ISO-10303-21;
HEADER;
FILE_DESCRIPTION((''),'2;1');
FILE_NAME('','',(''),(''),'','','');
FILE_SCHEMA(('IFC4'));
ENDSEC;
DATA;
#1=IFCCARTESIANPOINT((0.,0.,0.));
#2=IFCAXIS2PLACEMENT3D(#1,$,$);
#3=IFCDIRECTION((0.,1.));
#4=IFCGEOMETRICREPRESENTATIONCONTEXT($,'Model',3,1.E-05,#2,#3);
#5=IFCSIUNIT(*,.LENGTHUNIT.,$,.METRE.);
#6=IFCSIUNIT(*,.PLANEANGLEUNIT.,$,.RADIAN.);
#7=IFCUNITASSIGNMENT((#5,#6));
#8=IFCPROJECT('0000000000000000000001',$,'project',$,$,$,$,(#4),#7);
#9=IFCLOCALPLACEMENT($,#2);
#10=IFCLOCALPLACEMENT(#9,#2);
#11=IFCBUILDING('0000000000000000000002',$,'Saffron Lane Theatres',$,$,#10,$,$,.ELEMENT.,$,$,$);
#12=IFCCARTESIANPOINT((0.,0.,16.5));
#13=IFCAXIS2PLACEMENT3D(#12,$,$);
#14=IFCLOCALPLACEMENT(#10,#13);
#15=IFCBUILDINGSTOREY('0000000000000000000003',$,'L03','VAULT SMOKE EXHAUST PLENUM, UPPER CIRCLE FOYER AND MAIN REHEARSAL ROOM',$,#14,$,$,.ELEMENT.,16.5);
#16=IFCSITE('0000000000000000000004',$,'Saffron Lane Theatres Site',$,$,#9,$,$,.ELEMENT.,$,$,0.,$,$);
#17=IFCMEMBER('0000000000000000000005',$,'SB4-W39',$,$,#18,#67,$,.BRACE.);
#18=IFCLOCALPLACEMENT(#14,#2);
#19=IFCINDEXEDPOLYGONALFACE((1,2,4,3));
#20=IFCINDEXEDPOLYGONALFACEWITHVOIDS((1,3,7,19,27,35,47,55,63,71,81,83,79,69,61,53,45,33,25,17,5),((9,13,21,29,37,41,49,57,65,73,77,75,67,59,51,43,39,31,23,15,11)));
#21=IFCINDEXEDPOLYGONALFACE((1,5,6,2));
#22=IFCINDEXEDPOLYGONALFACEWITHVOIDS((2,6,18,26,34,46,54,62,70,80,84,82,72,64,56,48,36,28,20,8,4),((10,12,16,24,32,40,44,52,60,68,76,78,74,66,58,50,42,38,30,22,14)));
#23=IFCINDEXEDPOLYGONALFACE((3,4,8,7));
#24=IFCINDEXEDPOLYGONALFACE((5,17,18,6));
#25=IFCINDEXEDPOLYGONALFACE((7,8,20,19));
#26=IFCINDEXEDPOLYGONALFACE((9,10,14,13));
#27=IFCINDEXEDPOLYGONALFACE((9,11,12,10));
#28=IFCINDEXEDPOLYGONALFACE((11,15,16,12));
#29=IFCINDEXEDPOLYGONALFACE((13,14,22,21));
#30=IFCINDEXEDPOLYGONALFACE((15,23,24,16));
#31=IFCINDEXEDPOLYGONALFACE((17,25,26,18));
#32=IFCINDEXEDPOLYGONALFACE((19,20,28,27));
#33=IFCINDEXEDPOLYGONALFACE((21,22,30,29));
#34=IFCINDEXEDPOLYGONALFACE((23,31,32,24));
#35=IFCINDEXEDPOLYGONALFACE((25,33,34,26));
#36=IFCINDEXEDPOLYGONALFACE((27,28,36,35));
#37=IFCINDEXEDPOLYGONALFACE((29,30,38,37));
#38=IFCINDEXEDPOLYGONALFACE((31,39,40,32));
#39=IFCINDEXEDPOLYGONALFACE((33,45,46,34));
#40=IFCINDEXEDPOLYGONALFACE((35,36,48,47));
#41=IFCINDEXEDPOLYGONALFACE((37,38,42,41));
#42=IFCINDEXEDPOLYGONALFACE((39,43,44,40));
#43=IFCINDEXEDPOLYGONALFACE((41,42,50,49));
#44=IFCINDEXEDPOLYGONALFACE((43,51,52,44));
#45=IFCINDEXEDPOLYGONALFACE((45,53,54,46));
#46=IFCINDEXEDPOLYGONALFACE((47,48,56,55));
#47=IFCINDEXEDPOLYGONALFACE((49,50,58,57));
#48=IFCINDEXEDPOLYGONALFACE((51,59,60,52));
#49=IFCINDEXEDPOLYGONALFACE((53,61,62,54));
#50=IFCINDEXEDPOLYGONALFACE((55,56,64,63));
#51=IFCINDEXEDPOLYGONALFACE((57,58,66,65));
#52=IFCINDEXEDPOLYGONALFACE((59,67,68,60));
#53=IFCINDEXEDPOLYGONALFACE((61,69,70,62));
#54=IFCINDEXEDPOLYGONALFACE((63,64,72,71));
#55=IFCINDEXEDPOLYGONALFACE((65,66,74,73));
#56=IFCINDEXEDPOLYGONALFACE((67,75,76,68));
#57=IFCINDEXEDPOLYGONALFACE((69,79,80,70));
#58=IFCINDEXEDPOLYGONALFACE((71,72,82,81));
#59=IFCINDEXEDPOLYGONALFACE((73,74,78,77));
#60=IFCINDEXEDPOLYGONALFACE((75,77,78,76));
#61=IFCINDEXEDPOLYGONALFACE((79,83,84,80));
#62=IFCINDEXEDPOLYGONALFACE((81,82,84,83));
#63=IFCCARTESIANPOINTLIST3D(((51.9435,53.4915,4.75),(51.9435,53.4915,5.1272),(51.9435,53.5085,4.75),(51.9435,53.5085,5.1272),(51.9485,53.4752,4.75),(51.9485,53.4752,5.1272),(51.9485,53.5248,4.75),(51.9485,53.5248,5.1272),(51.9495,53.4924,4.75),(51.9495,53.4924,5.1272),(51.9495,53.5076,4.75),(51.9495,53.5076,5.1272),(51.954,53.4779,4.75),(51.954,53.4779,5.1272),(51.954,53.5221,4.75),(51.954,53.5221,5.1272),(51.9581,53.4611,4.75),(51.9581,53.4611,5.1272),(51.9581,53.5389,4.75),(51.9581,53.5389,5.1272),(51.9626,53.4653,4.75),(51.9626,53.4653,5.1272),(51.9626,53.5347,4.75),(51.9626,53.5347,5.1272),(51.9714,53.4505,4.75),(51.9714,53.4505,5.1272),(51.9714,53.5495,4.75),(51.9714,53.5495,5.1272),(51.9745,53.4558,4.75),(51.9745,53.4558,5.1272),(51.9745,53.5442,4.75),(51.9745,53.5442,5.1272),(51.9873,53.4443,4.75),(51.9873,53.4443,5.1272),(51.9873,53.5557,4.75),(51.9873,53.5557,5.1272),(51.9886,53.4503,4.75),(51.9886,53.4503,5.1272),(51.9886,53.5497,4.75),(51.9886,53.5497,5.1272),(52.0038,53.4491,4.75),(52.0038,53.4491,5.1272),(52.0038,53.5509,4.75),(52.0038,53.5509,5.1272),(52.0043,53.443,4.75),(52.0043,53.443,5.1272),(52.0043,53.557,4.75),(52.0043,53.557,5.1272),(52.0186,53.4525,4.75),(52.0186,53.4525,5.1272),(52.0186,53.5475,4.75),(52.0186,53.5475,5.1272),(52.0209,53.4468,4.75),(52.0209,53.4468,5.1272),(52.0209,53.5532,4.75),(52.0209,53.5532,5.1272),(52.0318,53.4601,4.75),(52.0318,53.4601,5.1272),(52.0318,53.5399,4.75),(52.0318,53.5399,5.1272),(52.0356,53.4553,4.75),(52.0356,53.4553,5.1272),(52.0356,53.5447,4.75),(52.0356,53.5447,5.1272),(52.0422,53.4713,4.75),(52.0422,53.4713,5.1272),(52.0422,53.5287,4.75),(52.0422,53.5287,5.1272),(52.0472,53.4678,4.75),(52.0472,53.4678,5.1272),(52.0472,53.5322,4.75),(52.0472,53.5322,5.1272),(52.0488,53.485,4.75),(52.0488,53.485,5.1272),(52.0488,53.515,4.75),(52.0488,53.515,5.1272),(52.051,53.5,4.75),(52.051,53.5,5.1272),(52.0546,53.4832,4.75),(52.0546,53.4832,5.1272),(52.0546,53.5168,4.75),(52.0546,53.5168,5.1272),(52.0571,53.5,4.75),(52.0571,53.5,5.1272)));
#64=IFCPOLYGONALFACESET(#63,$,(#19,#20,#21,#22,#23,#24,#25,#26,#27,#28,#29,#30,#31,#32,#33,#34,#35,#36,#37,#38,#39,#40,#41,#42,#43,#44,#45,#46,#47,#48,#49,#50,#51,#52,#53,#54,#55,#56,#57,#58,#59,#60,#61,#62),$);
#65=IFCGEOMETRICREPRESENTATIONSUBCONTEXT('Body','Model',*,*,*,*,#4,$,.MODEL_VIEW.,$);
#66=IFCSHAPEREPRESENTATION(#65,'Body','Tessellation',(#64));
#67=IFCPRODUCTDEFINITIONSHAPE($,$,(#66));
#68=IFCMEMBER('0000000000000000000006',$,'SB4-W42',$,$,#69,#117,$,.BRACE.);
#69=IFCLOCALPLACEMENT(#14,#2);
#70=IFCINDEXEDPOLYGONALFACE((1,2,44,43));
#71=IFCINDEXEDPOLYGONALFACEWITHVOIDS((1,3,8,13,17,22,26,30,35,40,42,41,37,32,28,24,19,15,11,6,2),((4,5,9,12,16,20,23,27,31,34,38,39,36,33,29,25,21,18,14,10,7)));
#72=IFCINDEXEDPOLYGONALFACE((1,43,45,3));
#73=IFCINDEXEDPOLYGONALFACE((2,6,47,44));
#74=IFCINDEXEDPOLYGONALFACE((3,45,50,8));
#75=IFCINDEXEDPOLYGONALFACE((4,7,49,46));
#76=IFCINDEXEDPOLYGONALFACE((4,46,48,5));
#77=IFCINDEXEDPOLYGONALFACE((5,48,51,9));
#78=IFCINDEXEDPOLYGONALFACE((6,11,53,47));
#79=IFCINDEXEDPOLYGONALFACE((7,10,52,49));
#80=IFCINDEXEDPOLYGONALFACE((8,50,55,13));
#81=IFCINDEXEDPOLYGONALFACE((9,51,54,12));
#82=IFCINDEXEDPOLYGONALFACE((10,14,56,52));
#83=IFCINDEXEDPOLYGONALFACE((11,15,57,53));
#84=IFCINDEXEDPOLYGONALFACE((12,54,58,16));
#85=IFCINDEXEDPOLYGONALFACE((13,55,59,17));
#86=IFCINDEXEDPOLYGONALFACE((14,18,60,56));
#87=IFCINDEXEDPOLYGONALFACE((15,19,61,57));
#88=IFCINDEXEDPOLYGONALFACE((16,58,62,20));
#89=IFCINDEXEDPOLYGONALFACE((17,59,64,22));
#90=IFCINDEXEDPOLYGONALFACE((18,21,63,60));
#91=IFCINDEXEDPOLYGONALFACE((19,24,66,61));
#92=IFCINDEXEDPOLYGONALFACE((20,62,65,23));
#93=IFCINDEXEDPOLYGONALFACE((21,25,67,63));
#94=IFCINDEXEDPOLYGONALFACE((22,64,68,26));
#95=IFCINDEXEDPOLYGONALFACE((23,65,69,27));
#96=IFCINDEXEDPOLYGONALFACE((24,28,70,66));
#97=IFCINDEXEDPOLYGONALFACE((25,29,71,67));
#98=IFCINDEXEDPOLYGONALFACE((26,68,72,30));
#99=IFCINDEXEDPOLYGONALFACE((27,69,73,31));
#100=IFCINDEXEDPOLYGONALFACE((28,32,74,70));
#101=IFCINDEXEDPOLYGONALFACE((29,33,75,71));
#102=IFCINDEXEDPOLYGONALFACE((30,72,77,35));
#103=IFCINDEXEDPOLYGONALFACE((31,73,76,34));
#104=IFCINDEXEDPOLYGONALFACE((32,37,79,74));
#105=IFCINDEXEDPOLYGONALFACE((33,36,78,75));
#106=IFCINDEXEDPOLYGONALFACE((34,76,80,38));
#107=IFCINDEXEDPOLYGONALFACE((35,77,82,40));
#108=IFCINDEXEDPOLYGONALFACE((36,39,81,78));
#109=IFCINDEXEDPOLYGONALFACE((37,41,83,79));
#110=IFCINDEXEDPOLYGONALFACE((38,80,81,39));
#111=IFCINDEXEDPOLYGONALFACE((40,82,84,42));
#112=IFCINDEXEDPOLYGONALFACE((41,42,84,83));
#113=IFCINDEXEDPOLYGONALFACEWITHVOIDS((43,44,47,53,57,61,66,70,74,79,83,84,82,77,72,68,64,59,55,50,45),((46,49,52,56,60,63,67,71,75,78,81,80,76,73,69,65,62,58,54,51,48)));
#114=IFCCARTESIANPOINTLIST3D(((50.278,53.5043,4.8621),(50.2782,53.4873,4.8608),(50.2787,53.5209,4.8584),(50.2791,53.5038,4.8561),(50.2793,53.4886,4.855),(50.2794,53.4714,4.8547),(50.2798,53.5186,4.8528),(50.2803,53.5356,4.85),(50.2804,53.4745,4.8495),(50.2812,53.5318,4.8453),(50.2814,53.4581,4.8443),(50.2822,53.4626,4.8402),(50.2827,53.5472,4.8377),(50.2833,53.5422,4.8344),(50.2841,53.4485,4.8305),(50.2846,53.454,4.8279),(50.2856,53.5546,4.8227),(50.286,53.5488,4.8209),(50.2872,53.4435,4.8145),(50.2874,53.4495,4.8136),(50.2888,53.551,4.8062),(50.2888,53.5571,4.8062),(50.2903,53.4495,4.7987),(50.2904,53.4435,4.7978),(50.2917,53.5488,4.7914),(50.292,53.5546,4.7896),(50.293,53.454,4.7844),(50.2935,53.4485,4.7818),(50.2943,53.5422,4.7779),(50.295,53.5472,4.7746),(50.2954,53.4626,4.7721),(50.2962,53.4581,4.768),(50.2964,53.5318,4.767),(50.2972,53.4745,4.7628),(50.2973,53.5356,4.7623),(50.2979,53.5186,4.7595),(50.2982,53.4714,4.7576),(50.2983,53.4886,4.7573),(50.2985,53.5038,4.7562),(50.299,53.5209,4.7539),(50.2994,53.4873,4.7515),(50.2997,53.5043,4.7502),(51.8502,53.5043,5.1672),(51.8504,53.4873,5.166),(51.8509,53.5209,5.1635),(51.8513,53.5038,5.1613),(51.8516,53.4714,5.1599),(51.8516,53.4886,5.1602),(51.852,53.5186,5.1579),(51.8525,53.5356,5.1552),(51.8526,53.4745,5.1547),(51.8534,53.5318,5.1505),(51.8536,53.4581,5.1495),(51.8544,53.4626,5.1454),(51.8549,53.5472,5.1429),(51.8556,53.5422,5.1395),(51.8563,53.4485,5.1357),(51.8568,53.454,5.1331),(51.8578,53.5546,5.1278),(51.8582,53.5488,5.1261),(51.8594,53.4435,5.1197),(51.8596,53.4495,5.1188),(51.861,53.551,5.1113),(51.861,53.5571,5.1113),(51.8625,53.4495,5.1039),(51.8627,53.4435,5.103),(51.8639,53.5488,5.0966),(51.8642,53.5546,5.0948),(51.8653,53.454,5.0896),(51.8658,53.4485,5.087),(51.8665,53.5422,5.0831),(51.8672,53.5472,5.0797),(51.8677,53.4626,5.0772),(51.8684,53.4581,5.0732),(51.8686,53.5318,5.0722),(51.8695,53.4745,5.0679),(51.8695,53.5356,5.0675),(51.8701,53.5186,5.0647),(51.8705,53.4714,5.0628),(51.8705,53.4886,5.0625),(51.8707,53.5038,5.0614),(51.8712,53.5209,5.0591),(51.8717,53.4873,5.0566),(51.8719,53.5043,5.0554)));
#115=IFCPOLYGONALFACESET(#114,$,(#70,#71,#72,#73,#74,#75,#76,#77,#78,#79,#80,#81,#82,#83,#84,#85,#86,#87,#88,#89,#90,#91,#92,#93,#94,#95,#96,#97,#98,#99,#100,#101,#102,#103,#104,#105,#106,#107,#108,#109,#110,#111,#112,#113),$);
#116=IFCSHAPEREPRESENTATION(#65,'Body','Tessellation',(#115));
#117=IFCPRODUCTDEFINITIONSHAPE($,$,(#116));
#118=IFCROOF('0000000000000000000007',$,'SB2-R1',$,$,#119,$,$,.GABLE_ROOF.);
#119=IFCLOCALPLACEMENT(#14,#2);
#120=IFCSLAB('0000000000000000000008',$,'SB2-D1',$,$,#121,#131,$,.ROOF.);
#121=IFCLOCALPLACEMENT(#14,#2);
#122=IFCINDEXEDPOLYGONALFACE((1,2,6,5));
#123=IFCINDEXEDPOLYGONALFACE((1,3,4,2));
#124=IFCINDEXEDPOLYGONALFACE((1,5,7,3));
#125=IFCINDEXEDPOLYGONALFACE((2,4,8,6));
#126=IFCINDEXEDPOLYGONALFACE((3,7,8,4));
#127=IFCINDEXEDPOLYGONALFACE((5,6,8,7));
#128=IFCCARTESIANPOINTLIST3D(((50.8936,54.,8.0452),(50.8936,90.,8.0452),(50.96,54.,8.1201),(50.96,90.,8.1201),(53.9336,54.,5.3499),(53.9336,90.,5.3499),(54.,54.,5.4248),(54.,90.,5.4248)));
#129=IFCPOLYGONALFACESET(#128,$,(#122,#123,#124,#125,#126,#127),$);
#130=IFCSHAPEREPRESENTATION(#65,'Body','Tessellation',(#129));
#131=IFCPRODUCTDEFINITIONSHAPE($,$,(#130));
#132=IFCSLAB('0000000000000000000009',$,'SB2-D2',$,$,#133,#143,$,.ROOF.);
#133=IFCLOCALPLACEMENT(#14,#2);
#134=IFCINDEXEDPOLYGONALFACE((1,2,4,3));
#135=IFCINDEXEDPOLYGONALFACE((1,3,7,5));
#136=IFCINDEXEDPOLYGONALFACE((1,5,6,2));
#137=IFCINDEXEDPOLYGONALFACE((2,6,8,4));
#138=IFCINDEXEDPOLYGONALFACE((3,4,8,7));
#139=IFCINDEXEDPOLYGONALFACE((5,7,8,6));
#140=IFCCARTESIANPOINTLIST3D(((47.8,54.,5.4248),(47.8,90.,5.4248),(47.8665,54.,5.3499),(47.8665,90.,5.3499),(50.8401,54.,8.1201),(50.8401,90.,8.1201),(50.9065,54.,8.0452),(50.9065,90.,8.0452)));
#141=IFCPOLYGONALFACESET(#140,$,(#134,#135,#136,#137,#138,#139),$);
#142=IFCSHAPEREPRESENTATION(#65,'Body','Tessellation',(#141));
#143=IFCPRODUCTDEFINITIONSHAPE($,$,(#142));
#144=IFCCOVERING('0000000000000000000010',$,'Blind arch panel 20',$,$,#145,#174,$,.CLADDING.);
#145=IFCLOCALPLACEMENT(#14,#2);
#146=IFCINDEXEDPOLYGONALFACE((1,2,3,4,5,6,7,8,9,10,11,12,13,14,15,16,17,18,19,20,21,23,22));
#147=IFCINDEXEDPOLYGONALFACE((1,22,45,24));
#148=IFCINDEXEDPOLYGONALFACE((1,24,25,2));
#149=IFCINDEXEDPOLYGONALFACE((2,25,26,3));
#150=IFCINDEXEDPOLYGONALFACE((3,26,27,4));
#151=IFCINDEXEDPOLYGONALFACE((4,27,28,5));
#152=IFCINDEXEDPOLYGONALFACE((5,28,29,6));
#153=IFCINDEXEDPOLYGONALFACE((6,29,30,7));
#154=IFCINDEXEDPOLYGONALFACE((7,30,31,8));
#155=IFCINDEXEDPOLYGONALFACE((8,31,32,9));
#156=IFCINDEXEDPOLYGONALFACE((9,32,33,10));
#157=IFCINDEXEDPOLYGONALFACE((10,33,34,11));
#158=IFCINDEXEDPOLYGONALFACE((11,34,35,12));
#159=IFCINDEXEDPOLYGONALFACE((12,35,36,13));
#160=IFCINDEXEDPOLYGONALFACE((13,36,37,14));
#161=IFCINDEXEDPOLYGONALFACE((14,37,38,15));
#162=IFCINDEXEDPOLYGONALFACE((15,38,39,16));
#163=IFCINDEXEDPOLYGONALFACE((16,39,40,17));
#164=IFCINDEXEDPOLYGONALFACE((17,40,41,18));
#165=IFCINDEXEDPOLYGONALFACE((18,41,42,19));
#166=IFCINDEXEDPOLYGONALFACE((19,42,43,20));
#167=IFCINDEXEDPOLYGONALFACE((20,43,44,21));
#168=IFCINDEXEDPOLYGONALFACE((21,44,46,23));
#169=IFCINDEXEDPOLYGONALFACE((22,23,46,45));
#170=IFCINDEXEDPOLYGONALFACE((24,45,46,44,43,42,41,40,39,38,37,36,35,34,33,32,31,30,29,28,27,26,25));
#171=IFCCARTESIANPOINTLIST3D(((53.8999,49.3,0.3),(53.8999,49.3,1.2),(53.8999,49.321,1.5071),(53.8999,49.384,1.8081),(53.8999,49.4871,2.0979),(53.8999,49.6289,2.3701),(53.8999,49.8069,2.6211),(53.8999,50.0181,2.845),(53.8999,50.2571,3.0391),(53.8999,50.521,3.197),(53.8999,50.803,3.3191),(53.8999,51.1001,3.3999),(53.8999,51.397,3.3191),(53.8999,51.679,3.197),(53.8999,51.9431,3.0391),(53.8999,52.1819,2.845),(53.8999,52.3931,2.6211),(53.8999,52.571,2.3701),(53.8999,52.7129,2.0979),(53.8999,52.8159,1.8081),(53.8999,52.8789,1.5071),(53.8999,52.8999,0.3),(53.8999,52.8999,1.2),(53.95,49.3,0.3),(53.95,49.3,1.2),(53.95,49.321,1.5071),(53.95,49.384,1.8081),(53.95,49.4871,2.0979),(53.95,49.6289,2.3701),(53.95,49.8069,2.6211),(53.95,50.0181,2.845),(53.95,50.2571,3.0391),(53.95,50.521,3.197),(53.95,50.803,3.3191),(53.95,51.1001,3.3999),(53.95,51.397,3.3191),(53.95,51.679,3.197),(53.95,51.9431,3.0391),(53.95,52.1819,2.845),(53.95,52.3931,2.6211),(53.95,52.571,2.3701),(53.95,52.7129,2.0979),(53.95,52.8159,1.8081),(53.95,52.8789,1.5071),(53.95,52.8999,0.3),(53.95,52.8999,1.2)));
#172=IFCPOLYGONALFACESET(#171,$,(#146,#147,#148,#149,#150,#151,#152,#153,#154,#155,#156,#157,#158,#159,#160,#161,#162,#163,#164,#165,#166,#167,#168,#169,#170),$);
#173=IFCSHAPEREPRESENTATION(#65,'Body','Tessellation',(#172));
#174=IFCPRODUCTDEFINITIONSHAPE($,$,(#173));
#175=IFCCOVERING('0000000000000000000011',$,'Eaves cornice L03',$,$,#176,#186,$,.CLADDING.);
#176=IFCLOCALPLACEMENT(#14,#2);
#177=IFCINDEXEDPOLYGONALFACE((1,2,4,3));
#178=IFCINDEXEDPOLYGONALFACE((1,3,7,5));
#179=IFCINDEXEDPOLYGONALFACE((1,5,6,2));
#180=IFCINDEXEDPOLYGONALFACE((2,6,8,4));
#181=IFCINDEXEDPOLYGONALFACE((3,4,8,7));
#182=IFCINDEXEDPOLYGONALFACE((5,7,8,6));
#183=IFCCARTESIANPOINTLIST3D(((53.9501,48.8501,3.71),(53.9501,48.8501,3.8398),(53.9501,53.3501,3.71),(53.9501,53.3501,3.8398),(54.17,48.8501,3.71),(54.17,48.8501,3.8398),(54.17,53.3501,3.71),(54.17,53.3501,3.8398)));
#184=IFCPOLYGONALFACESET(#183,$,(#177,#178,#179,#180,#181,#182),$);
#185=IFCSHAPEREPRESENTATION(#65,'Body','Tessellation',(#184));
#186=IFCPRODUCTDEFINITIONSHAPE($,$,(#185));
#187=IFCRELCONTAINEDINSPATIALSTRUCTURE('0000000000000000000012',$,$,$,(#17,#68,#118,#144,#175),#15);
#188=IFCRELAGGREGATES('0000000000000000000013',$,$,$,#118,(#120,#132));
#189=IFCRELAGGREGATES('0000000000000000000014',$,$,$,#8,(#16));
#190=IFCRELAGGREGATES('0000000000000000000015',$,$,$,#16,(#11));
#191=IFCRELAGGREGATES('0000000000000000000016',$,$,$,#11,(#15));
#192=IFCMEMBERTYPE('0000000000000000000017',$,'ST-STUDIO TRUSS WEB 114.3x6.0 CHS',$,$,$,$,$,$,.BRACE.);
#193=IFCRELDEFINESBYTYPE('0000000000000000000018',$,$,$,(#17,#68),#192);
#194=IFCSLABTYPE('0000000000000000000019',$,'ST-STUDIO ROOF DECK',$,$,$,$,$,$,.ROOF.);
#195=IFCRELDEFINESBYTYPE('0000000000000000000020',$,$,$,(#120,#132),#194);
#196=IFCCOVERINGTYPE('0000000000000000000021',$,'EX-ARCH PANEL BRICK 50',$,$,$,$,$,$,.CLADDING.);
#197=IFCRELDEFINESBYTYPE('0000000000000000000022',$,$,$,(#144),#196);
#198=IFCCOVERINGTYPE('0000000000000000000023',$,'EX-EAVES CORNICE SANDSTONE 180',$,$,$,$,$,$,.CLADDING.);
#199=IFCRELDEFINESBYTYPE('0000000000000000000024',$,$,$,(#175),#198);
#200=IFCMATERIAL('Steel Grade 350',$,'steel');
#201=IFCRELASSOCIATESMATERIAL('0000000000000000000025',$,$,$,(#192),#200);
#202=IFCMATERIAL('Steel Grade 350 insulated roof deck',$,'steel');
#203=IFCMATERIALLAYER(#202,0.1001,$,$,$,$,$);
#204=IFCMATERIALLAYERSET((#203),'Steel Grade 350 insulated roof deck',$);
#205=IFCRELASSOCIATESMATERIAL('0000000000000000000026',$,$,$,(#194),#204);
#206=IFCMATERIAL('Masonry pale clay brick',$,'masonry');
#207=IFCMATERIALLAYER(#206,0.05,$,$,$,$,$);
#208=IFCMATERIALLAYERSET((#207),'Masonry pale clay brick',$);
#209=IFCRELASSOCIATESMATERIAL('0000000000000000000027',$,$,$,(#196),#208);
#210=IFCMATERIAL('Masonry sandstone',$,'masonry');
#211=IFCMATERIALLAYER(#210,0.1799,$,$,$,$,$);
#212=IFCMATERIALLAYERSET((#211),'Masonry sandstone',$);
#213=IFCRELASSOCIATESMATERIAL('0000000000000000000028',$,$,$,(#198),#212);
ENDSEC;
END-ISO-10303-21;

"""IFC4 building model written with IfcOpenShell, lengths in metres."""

from ifc_helpers import new_model, si_unit, direction, frame, origin, origin_2d, place, context, subcontext, project, spatial, polyline, rectangle, hollow_circle, outline, extrude, material, layer, layer_set, material_profile, profile_set, type_object, element, aggregate, save


model = new_model("IFC4")

# Units and contexts
model_context = context("Model", 3, precision=1e-05, world=origin(), true_north=direction((0.0, 1.0)))
body_context = subcontext(model_context, "Body", "Model", "MODEL_VIEW")
ifc_project = project(units=[si_unit("LENGTHUNIT", "METRE"), si_unit("PLANEANGLEUNIT", "RADIAN")], contexts=[model_context])

# Site, building, storey
site_placement = place(None, origin())
site = spatial("IfcSite", under=ifc_project, at=site_placement, Name="Saffron Lane Theatres Site", CompositionType="ELEMENT", RefElevation=0.0)
building_placement = place(site_placement, origin())
building = spatial("IfcBuilding", under=site, at=building_placement, Name="Saffron Lane Theatres", CompositionType="ELEMENT")
storey_placement = place(building_placement, frame((0.0, 0.0, 16.5)))
storey = spatial("IfcBuildingStorey", under=building, at=storey_placement, Name="L03", Description="VAULT SMOKE EXHAUST PLENUM, UPPER CIRCLE FOYER AND MAIN REHEARSAL ROOM", CompositionType="ELEMENT", Elevation=16.5)

# Members
ifc_material_1 = material(Name="Steel Grade 350", Category="steel")
ifc_material_profile_1 = material_profile(ifc_material_1, hollow_circle(Radius=0.0571, WallThickness=0.0061, at=origin_2d()))
ifc_profile_set_1 = profile_set([ifc_material_profile_1], Name="Steel Grade 350")
member_type_1 = type_object("IfcMemberType", Name="ST-STUDIO TRUSS WEB 114.3x6.0 CHS", PredefinedType="BRACE", material=ifc_profile_set_1)
for number, where, z_axis, x_axis, name in (
    (1, (52.0, 53.5, 4.75), (0.0, 0.0, 1.0), (1.0, 0.0, 0.0), "SB4-W39"),
):
    element("IfcMember", number, at=place(storey_placement, frame(where, z_axis=z_axis, x_axis=x_axis)), inside=storey, type_object=member_type_1, Name=name, PredefinedType="BRACE", context=body_context, shape_type="SweptSolid", body=[
        extrude(hollow_circle(Radius=0.0571, WallThickness=0.0061, at=origin_2d()), origin(), (0.0, 0.0, 1.0), 0.3772),
    ])
member_1_placement = place(storey_placement, frame((50.2888, 53.5, 4.8062), z_axis=(0.981679, 0.0, 0.190543), x_axis=(0.0, 1.0, 0.0)))
element("IfcMember", 2, at=member_1_placement, inside=storey, type_object=member_type_1, Name="SB4-W42", PredefinedType="BRACE", context=body_context, shape_type="SweptSolid", body=[
    extrude(hollow_circle(Radius=0.0571, WallThickness=0.0061, at=origin_2d()), origin(), (0.0, 0.0, 1.0), 1.6016),
])

# Roof, slabs
roof_placement = place(storey_placement, origin())
roof = element("IfcRoof", 3, at=roof_placement, inside=storey, Name="SB2-R1", PredefinedType="GABLE_ROOF")
ifc_material_2 = material(Name="Steel Grade 350 insulated roof deck", Category="steel")
ifc_layer_1 = layer(ifc_material_2, 0.1001)
ifc_layer_set_1 = layer_set([ifc_layer_1], Name="Steel Grade 350 insulated roof deck")
slab_type = type_object("IfcSlabType", Name="ST-STUDIO ROOF DECK", PredefinedType="ROOF", material=ifc_layer_set_1)
slab_1_placement = place(storey_placement, frame((54.0, 54.0, 5.4248), z_axis=(0.663408, 0.0, 0.748257), x_axis=(-0.748257, 0.0, 0.663408)))
slab_1 = element("IfcSlab", 4, at=slab_1_placement, type_object=slab_type, Name="SB2-D1", PredefinedType="ROOF", context=body_context, shape_type="SweptSolid", body=[
    extrude(outline(polyline([(0.0, 0.0), (4.0628, 0.0), (4.0628, -36.0), (0.0, -36.0), (0.0, 0.0)])), origin(), (0.0, 0.0, -1.0), 0.1001),
])
slab_2_placement = place(storey_placement, frame((50.8401, 54.0, 8.1201), z_axis=(-0.663408, 0.0, 0.748257), x_axis=(-0.748257, 0.0, -0.663408)))
slab_2 = element("IfcSlab", 5, at=slab_2_placement, type_object=slab_type, Name="SB2-D2", PredefinedType="ROOF", context=body_context, shape_type="SweptSolid", body=[
    extrude(outline(polyline([(0.0, 0.0), (4.0628, 0.0), (4.0628, -36.0), (0.0, -36.0), (0.0, 0.0)])), origin(), (0.0, 0.0, -1.0), 0.1001),
])
aggregate(roof, [slab_1, slab_2])

# Coverings
ifc_material_3 = material(Name="Masonry pale clay brick", Category="masonry")
ifc_layer_2 = layer(ifc_material_3, 0.05)
ifc_layer_set_2 = layer_set([ifc_layer_2], Name="Masonry pale clay brick")
covering_type_1 = type_object("IfcCoveringType", Name="EX-ARCH PANEL BRICK 50", PredefinedType="CLADDING", material=ifc_layer_set_2)
covering_1_placement = place(storey_placement, frame((53.8999, 52.8999, 1.2), z_axis=(-1.0, 0.0, 0.0), x_axis=(0.0, 0.0, -1.0)))
element("IfcCovering", 6, at=covering_1_placement, inside=storey, type_object=covering_type_1, Name="Blind arch panel 20", PredefinedType="CLADDING", context=body_context, shape_type="SweptSolid", body=[
    extrude(outline(polyline([(0.0, 0.0), (0.8999, 0.0), (0.8999, 3.5999), (0.0, 3.5999), (-0.3071, 3.5789), (-0.6082, 3.5159), (-0.8979, 3.4128), (-1.1702, 3.271), (-1.4211, 3.093), (-1.645, 2.8818), (-1.8391, 2.6428), (-1.9971, 2.3789), (-2.1191, 2.0969), (-2.2, 1.7998), (-2.1191, 1.5029), (-1.9971, 1.2209), (-1.8391, 0.9568), (-1.645, 0.718), (-1.4211, 0.5068), (-1.1702, 0.3289), (-0.8979, 0.187), (-0.6082, 0.084), (-0.3071, 0.021), (0.0, 0.0)])), origin(), (0.0, 0.0, -1.0), 0.05),
])
ifc_material_4 = material(Name="Masonry sandstone", Category="masonry")
ifc_layer_3 = layer(ifc_material_4, 0.1799)
ifc_layer_set_3 = layer_set([ifc_layer_3], Name="Masonry sandstone")
covering_type_2 = type_object("IfcCoveringType", Name="EX-EAVES CORNICE SANDSTONE 180", PredefinedType="CLADDING", material=ifc_layer_set_3)
covering_2_placement = place(storey_placement, frame((54.0601, 51.1001, 3.71), z_axis=(0.0, 0.0, 1.0), x_axis=(0.0, -1.0, 0.0)))
element("IfcCovering", 7, at=covering_2_placement, inside=storey, type_object=covering_type_2, Name="Eaves cornice L03", PredefinedType="CLADDING", context=body_context, shape_type="SweptSolid", body=[
    extrude(rectangle(XDim=4.5, YDim=0.22, at=origin_2d()), origin(), (0.0, 0.0, 1.0), 0.1299),
])

save(model, "model.ifc")
